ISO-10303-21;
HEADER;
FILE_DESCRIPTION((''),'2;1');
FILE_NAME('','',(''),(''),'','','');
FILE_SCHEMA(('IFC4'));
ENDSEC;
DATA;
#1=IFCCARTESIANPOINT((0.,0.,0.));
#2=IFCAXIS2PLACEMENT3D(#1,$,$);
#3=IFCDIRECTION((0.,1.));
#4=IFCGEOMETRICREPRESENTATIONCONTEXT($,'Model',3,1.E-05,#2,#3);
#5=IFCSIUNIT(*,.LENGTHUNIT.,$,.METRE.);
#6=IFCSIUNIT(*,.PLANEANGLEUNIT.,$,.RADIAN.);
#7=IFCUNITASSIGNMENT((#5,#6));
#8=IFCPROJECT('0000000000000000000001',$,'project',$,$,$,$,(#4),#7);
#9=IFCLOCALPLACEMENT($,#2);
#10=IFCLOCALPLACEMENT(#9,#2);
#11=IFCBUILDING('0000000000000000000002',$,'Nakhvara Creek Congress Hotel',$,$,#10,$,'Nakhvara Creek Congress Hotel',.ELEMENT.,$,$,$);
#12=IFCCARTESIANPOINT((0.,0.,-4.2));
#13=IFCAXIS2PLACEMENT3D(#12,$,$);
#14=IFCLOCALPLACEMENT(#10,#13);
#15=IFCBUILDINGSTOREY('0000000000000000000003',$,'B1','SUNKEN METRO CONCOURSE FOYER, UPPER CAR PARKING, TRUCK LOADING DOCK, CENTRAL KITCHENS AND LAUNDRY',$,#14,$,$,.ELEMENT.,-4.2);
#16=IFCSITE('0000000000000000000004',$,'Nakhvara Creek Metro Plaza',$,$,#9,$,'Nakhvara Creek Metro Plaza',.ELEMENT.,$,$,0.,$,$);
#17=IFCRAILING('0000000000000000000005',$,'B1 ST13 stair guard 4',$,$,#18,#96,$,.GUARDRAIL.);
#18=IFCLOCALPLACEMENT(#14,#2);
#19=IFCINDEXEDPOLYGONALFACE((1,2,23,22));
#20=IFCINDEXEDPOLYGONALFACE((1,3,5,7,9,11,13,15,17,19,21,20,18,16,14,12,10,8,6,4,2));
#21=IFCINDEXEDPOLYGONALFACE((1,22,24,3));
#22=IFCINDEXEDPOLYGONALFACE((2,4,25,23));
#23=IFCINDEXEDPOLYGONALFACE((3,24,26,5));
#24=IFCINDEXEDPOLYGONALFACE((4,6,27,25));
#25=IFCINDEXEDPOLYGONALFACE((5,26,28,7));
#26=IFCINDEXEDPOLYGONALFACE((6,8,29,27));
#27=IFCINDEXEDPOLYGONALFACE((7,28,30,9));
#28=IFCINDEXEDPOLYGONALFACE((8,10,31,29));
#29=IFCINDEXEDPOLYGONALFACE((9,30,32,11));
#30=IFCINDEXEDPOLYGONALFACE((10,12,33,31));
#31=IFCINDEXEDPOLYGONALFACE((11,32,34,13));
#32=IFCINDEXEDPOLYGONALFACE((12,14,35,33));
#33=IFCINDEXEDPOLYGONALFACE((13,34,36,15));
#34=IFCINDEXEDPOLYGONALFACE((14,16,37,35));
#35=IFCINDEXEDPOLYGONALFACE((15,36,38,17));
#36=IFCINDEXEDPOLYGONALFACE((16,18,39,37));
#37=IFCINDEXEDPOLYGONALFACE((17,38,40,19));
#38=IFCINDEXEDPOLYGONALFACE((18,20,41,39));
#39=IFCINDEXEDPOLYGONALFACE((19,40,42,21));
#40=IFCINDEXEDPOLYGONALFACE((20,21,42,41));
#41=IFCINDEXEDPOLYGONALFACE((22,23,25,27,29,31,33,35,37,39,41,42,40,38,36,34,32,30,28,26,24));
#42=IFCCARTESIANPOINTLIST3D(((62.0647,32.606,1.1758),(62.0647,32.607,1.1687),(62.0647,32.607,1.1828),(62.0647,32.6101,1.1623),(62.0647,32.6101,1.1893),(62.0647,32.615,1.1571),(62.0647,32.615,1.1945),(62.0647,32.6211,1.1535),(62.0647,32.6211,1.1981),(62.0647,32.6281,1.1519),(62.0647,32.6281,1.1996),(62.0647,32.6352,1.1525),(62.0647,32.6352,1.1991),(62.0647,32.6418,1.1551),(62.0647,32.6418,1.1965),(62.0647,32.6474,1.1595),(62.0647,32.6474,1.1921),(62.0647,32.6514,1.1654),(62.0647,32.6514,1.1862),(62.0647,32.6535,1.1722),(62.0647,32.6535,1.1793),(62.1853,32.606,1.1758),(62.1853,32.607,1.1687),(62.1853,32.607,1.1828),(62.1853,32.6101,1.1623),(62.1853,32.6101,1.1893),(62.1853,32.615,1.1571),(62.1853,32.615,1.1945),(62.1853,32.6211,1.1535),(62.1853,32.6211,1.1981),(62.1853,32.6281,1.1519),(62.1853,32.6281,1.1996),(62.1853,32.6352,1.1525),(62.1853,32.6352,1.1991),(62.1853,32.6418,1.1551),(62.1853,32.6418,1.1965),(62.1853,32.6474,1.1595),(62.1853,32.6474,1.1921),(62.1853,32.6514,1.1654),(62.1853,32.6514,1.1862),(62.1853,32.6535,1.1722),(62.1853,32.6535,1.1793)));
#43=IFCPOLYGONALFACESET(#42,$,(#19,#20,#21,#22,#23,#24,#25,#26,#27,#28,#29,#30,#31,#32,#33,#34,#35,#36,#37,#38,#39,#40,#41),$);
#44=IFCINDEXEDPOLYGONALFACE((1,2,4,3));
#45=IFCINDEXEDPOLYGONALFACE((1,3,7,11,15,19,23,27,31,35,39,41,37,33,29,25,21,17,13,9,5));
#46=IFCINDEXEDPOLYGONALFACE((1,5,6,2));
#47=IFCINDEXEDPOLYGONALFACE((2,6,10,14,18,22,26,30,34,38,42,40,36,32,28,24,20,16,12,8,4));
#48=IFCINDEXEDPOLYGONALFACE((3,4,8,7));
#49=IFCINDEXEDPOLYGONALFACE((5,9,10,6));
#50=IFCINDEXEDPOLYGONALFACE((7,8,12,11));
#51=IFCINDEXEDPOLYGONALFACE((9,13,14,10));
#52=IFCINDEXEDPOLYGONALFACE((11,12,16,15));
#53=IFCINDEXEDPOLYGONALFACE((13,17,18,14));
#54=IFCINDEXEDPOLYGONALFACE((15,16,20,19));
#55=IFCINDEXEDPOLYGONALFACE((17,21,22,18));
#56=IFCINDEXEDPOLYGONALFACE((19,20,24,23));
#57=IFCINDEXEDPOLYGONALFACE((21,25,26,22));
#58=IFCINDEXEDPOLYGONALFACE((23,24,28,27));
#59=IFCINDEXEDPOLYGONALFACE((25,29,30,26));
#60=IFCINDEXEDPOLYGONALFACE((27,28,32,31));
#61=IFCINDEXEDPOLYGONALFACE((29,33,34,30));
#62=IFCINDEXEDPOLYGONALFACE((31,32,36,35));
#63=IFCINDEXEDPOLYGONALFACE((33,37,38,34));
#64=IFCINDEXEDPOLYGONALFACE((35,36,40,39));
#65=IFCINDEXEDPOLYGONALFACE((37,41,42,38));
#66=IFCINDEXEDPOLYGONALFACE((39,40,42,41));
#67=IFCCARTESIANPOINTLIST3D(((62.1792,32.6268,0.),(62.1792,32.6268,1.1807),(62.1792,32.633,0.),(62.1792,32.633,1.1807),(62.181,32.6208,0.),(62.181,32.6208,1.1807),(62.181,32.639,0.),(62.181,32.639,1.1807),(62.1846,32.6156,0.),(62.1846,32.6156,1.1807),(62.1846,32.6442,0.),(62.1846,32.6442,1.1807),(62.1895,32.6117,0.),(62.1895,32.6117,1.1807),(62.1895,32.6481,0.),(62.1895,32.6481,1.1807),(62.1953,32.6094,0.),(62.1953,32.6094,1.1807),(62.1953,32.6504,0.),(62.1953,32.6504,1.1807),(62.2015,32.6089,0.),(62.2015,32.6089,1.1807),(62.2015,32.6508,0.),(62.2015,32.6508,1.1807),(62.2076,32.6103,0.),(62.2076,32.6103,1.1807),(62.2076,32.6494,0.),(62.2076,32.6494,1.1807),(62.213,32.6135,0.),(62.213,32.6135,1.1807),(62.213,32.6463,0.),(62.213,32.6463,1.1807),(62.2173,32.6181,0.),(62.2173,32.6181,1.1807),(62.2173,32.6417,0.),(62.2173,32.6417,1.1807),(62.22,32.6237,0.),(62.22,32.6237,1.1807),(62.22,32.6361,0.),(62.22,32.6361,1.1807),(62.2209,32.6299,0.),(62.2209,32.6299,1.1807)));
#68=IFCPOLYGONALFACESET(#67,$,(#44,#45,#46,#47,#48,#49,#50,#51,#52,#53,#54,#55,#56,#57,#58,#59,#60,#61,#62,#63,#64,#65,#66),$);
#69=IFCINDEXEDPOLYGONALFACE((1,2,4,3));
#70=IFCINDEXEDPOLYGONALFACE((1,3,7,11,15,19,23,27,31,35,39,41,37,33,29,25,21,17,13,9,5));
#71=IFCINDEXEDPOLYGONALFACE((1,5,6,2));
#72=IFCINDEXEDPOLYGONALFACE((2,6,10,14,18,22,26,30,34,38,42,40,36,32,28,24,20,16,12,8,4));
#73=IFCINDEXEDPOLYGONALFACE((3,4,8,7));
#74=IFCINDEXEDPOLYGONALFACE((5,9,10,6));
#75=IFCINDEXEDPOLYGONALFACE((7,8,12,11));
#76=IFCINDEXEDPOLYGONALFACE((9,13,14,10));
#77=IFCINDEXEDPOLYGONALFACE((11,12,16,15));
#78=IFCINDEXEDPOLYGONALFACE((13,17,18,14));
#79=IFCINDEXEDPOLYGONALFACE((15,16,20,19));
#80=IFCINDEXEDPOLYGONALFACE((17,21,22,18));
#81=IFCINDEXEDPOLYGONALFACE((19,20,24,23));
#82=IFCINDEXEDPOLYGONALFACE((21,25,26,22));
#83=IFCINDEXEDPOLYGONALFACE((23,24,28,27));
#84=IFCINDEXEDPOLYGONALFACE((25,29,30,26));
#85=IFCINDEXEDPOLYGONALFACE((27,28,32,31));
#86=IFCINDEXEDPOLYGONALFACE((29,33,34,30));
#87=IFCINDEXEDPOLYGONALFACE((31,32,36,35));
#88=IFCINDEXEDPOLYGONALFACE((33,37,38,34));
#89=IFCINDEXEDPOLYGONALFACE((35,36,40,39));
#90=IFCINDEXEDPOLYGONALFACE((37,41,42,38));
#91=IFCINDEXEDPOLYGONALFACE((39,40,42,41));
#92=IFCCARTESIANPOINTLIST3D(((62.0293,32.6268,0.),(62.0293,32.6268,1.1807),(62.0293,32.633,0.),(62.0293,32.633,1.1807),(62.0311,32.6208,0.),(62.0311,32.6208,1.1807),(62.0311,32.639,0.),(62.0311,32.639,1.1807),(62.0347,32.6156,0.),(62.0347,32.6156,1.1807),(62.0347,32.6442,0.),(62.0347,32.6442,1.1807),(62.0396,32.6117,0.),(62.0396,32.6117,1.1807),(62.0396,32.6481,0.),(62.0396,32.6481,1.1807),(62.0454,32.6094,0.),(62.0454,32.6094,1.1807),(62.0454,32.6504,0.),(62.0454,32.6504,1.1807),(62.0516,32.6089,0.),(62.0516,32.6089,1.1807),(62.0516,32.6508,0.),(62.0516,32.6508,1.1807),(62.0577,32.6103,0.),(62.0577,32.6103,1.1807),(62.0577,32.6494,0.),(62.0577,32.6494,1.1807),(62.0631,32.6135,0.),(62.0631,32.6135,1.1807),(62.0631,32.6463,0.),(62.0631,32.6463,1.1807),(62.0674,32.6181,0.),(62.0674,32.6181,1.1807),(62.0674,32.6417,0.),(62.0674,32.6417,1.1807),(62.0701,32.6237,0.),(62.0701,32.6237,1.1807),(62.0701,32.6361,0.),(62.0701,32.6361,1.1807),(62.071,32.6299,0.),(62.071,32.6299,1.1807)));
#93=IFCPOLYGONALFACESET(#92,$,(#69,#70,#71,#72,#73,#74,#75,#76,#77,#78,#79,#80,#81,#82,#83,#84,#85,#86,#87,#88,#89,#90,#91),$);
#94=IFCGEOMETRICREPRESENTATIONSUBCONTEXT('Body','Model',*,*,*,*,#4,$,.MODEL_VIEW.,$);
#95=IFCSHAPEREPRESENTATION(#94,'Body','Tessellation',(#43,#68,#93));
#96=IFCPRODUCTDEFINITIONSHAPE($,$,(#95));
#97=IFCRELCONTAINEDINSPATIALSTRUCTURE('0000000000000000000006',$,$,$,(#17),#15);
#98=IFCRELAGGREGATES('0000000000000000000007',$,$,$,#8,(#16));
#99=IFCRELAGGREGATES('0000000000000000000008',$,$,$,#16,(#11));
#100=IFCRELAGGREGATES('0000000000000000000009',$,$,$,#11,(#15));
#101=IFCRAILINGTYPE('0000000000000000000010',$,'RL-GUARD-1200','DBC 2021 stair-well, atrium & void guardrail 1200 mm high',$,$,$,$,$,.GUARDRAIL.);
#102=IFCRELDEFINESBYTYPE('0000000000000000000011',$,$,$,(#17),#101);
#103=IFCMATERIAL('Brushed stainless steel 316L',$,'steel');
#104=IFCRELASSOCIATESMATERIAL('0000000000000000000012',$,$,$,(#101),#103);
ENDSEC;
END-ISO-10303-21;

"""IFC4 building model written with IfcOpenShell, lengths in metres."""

from ifc_helpers import new_model, si_unit, direction, frame, origin, origin_2d, place, context, subcontext, project, spatial, circle, extrude, material, type_object, element, save


model = new_model("IFC4")

# Units and contexts
model_context = context("Model", 3, precision=1e-05, world=origin(), true_north=direction((0.0, 1.0)))
body_context = subcontext(model_context, "Body", "Model", "MODEL_VIEW")
ifc_project = project(units=[si_unit("LENGTHUNIT", "METRE"), si_unit("PLANEANGLEUNIT", "RADIAN")], contexts=[model_context])

# Site, building, storey
site_placement = place(None, origin())
site = spatial("IfcSite", under=ifc_project, at=site_placement, Name="Nakhvara Creek Metro Plaza", LongName="Nakhvara Creek Metro Plaza", CompositionType="ELEMENT", RefElevation=0.0)
building_placement = place(site_placement, origin())
building = spatial("IfcBuilding", under=site, at=building_placement, Name="Nakhvara Creek Congress Hotel", LongName="Nakhvara Creek Congress Hotel", CompositionType="ELEMENT")
storey_placement = place(building_placement, frame((0.0, 0.0, -4.2)))
storey = spatial("IfcBuildingStorey", under=building, at=storey_placement, Name="B1", Description="SUNKEN METRO CONCOURSE FOYER, UPPER CAR PARKING, TRUCK LOADING DOCK, CENTRAL KITCHENS AND LAUNDRY", CompositionType="ELEMENT", Elevation=-4.2)

# Railing
ifc_material_1 = material(Name="Brushed stainless steel 316L", Category="steel")
railing_type_1 = type_object("IfcRailingType", Name="RL-GUARD-1200", Description="DBC 2021 stair-well, atrium & void guardrail 1200 mm high", PredefinedType="GUARDRAIL", material=ifc_material_1)
railing_1_placement = place(storey_placement, frame((62.2, 32.6299, 0.0)))
element("IfcRailing", 1, at=railing_1_placement, inside=storey, type_object=railing_type_1, Name="B1 ST13 stair guard 4", PredefinedType="GUARDRAIL", context=body_context, shape_type="SweptSolid", body=[
    extrude(circle(Radius=0.0239, at=origin_2d()), frame((-0.0146, 0.0, 1.1758), z_axis=(-1.0, 0.0, 0.0), x_axis=(0.0, -1.0, 0.0)), (0.0, 0.0, 1.0), 0.1206),
    extrude(circle(Radius=0.021, at=origin_2d()), origin(), (0.0, 0.0, 1.0), 1.1807),
    extrude(circle(Radius=0.021, at=origin_2d()), frame((-0.1499, 0.0, 0.0)), (0.0, 0.0, 1.0), 1.1807),
])

save(model, "model.ifc")
